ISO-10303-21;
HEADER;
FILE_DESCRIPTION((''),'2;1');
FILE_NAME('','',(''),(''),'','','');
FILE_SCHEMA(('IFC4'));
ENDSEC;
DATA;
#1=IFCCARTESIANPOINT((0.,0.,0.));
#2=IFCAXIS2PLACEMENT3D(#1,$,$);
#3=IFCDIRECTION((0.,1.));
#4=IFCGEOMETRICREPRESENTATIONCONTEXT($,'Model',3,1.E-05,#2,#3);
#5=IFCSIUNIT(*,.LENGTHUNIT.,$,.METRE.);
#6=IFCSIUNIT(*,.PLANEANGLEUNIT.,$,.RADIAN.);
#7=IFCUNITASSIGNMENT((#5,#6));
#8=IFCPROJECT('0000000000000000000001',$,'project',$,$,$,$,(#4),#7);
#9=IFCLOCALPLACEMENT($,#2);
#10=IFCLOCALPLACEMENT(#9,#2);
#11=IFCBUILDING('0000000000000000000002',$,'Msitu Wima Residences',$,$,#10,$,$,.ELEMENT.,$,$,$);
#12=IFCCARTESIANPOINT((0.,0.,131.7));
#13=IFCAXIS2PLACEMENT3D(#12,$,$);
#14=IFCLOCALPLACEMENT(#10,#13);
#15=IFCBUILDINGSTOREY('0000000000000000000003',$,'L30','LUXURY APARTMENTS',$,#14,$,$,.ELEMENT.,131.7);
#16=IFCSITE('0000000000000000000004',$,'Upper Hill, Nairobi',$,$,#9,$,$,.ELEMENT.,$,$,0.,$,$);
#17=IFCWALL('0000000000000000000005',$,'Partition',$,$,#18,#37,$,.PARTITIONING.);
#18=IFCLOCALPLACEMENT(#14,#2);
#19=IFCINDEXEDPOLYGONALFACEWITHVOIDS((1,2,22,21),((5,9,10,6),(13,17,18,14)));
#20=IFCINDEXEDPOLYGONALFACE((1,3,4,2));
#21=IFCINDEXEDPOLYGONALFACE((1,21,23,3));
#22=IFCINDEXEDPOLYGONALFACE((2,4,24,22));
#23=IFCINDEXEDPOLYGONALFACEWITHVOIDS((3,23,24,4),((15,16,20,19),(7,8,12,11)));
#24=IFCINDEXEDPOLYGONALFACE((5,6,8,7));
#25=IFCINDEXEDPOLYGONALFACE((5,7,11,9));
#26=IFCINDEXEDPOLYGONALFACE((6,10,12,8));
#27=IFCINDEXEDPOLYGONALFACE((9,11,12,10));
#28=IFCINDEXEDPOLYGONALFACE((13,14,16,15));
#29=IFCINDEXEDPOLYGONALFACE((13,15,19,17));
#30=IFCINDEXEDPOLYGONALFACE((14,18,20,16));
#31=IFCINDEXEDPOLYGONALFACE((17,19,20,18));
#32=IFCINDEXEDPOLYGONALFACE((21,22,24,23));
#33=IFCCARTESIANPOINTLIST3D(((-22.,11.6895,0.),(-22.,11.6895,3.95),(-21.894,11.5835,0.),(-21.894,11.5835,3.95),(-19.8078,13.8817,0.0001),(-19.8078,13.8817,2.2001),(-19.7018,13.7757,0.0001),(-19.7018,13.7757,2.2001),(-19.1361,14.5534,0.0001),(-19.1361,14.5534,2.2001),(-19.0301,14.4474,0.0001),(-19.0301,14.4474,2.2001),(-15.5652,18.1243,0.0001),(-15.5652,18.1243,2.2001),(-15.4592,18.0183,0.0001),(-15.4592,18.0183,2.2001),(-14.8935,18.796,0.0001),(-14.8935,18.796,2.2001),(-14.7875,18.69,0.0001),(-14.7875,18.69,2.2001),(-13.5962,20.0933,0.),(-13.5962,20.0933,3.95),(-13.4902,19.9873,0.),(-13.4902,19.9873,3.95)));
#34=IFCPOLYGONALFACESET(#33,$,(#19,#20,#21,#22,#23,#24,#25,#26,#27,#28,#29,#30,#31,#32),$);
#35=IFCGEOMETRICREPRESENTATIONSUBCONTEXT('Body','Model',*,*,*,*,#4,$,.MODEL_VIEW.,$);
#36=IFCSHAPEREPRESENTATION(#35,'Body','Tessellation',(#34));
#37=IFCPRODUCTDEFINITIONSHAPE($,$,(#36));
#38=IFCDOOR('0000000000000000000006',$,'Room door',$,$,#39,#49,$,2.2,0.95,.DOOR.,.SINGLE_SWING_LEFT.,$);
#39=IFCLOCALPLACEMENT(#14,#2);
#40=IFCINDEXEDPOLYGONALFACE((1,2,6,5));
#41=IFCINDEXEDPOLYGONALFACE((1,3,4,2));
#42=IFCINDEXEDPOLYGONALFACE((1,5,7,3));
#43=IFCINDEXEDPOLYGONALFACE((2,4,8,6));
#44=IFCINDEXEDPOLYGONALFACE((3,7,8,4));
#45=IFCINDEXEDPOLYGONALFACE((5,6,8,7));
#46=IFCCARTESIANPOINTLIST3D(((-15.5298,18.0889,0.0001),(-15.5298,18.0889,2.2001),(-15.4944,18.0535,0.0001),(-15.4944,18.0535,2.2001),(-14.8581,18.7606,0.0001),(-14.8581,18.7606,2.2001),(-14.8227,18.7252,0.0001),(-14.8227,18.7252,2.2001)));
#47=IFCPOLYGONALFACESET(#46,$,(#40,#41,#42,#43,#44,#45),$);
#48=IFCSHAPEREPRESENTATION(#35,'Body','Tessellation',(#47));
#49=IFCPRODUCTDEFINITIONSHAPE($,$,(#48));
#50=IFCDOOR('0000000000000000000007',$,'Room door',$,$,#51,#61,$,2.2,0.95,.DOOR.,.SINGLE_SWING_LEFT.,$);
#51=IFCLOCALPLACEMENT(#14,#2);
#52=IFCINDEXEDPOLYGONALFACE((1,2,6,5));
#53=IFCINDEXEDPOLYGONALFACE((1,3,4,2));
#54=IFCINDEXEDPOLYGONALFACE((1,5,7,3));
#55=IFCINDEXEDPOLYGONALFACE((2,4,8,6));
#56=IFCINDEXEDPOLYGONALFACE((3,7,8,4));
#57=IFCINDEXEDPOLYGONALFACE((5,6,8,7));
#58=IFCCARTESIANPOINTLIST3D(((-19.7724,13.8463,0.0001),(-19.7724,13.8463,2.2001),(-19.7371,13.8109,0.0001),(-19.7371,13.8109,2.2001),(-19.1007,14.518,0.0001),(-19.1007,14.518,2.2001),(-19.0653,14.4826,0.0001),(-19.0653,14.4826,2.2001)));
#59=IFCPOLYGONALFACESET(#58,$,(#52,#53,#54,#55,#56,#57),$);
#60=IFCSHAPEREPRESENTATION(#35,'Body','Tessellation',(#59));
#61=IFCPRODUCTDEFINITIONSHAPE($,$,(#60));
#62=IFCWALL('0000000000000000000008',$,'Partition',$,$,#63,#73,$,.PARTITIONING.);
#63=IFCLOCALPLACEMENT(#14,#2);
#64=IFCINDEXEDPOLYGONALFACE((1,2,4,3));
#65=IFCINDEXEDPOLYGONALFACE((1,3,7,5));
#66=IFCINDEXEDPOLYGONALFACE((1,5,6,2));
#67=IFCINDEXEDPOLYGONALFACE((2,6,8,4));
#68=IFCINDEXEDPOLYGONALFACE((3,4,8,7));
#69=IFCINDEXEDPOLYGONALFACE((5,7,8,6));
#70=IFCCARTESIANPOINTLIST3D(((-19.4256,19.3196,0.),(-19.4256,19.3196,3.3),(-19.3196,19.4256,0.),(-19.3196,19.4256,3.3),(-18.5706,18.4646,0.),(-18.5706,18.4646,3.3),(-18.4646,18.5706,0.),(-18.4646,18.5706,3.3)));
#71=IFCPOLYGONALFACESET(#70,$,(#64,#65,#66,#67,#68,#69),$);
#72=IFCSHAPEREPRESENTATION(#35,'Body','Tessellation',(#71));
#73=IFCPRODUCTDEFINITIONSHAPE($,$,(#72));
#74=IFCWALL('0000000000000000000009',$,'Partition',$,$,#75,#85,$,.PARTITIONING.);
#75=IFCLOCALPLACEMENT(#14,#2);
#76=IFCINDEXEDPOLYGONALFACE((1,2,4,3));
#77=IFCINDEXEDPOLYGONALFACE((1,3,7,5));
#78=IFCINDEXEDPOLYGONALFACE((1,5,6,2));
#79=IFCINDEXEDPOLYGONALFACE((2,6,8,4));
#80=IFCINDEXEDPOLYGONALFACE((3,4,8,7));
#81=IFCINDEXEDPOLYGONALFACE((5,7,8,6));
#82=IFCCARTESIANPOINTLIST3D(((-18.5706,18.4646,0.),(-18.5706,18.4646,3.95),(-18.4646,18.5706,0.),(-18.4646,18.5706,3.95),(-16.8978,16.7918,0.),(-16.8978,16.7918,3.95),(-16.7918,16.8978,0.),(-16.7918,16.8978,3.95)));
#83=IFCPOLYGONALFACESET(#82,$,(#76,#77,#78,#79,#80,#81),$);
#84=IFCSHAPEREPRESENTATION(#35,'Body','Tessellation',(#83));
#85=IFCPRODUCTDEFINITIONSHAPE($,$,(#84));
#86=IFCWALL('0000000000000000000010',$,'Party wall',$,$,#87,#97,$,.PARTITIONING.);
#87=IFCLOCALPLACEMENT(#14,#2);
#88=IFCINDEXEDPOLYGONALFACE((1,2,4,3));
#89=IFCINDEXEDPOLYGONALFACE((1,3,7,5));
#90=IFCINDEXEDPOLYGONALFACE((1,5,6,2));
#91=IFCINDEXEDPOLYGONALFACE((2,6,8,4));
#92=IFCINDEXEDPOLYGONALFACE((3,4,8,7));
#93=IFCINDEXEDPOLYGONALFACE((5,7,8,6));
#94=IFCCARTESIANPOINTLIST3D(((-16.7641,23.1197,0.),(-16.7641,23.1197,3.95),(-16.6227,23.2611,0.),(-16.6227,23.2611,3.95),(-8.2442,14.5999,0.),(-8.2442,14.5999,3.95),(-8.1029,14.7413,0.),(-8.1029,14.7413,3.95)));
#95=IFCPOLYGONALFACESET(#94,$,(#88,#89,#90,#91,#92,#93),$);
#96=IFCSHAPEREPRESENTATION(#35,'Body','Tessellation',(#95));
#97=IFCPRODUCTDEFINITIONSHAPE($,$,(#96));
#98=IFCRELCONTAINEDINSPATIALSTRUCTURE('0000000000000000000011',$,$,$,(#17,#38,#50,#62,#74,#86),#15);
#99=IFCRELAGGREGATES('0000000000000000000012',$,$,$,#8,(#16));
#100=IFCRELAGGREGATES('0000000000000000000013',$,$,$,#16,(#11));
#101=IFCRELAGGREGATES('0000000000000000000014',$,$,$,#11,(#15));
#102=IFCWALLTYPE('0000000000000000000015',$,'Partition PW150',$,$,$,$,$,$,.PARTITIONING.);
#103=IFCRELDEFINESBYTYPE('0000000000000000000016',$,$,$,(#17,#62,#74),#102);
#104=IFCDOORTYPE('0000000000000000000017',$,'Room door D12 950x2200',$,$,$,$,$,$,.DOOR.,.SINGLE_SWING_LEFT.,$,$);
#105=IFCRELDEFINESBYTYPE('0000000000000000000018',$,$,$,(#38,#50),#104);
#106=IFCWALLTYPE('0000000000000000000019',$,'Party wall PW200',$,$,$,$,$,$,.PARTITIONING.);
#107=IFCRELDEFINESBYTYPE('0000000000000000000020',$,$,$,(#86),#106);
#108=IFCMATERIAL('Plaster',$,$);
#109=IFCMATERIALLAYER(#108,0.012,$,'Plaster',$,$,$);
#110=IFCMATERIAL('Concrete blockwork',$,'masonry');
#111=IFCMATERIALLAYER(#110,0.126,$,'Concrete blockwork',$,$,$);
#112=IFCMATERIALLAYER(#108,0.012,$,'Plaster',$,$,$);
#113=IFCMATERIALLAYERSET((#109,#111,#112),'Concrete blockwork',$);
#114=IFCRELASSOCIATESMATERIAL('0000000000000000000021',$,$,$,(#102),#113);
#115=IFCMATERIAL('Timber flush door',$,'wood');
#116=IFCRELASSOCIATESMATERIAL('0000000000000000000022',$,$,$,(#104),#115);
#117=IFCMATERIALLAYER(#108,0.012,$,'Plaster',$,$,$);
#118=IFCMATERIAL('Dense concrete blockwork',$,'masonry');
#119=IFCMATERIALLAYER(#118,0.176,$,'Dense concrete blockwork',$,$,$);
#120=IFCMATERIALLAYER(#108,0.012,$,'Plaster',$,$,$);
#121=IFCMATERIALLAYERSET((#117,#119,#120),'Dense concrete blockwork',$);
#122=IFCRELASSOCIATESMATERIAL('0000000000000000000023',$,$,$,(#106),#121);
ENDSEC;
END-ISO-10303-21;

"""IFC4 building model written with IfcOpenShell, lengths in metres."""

from ifc_helpers import new_model, si_unit, direction, frame, frame_2d, origin, place, context, subcontext, project, spatial, rectangle, extrude, material, layer, layer_set, type_object, element, fill, save


model = new_model("IFC4")

# Units and contexts
model_context = context("Model", 3, precision=1e-05, world=origin(), true_north=direction((0.0, 1.0)))
body_context = subcontext(model_context, "Body", "Model", "MODEL_VIEW")
ifc_project = project(units=[si_unit("LENGTHUNIT", "METRE"), si_unit("PLANEANGLEUNIT", "RADIAN")], contexts=[model_context])

# Site, building, storey
site_placement = place(None, origin())
site = spatial("IfcSite", under=ifc_project, at=site_placement, Name="Upper Hill, Nairobi", CompositionType="ELEMENT", RefElevation=0.0)
building_placement = place(site_placement, origin())
building = spatial("IfcBuilding", under=site, at=building_placement, Name="Msitu Wima Residences", CompositionType="ELEMENT")
storey_placement = place(building_placement, frame((0.0, 0.0, 131.7)))
storey = spatial("IfcBuildingStorey", under=building, at=storey_placement, Name="L30", Description="LUXURY APARTMENTS", CompositionType="ELEMENT", Elevation=131.7)

# Shared definitions
ifc_material_1 = material(Name="Plaster")
ifc_material_2 = material(Name="Concrete blockwork", Category="masonry")

# Shared definitions
ifc_layer_1 = layer(ifc_material_1, 0.012, Name="Plaster")
ifc_layer_2 = layer(ifc_material_2, 0.126, Name="Concrete blockwork")
ifc_layer_3 = layer(ifc_material_1, 0.012, Name="Plaster")
ifc_layer_set_1 = layer_set([ifc_layer_1, ifc_layer_2, ifc_layer_3], Name="Concrete blockwork")
wall_type_1 = type_object("IfcWallType", Name="Partition PW150", PredefinedType="PARTITIONING", material=ifc_layer_set_1)

# Wall, openings, doors
wall_1_placement = place(storey_placement, frame((-21.947, 11.6365, 0.0), z_axis=(0.0, 0.0, 1.0), x_axis=(0.707107, 0.707107, 0.0)))
wall_1 = element("IfcWall", 1, at=wall_1_placement, inside=storey, type_object=wall_type_1, Name="Partition", PredefinedType="PARTITIONING", context=body_context, shape_type="SweptSolid", body=[
    extrude(rectangle(XDim=11.8848, YDim=0.1499, at=frame_2d((5.9424, 0.0))), origin(), (0.0, 0.0, 1.0), 3.95),
])
opening_1_placement = place(wall_1_placement, frame((9.1001, 0.0, 0.0)))
opening_1 = element("IfcOpeningElement", 2, at=opening_1_placement, cuts=wall_1, PredefinedType="OPENING", context=body_context, shape_type="SweptSolid", body=[
    extrude(rectangle(XDim=0.95, YDim=2.2, at=frame_2d((0.4751, 1.1001))), frame((0.0, 0.085, 0.0), z_axis=(0.0, -1.0, 0.0), x_axis=(1.0, 0.0, 0.0)), (0.0, 0.0, 1.0), 0.1699),
])
opening_2_placement = place(wall_1_placement, frame((3.1001, 0.0, 0.0)))
opening_2 = element("IfcOpeningElement", 3, at=opening_2_placement, cuts=wall_1, PredefinedType="OPENING", context=body_context, shape_type="SweptSolid", body=[
    extrude(rectangle(XDim=0.95, YDim=2.2, at=frame_2d((0.4751, 1.1001))), frame((0.0, 0.085, 0.0), z_axis=(0.0, -1.0, 0.0), x_axis=(1.0, 0.0, 0.0)), (0.0, 0.0, 1.0), 0.1699),
])
ifc_material_3 = material(Name="Timber flush door", Category="wood")
door_type_1 = type_object("IfcDoorType", Name="Room door D12 950x2200", OperationType="SINGLE_SWING_LEFT", PredefinedType="DOOR", material=ifc_material_3)
door_1_placement = place(opening_1_placement, origin())
door_1 = element("IfcDoor", 4, at=door_1_placement, inside=storey, type_object=door_type_1, Name="Room door", OperationType="SINGLE_SWING_LEFT", OverallHeight=2.2, OverallWidth=0.95, PredefinedType="DOOR", context=body_context, shape_type="SweptSolid", body=[
    extrude(rectangle(XDim=0.95, YDim=2.2, at=frame_2d((0.4751, 1.1001))), frame((0.0, 0.0249, 0.0), z_axis=(0.0, -1.0, 0.0), x_axis=(1.0, 0.0, 0.0)), (0.0, 0.0, 1.0), 0.05),
])
fill(opening_1, door_1)
door_2_placement = place(opening_2_placement, origin())
door_2 = element("IfcDoor", 5, at=door_2_placement, inside=storey, type_object=door_type_1, Name="Room door", OperationType="SINGLE_SWING_LEFT", OverallHeight=2.2, OverallWidth=0.95, PredefinedType="DOOR", context=body_context, shape_type="SweptSolid", body=[
    extrude(rectangle(XDim=0.95, YDim=2.2, at=frame_2d((0.4751, 1.1001))), frame((0.0, 0.0249, 0.0), z_axis=(0.0, -1.0, 0.0), x_axis=(1.0, 0.0, 0.0)), (0.0, 0.0, 1.0), 0.05),
])
fill(opening_2, door_2)

# Walls
wall_2_placement = place(storey_placement, frame((-19.3726, 19.3726, 0.0), z_axis=(0.0, 0.0, 1.0), x_axis=(0.707107, -0.707107, 0.0)))
element("IfcWall", 6, at=wall_2_placement, inside=storey, type_object=wall_type_1, Name="Partition", PredefinedType="PARTITIONING", context=body_context, shape_type="SweptSolid", body=[
    extrude(rectangle(XDim=1.2092, YDim=0.1499, at=frame_2d((0.6045, 0.0))), origin(), (0.0, 0.0, 1.0), 3.3),
])
wall_3_placement = place(storey_placement, frame((-18.5176, 18.5176, 0.0), z_axis=(0.0, 0.0, 1.0), x_axis=(0.707107, -0.707107, 0.0)))
element("IfcWall", 7, at=wall_3_placement, inside=storey, type_object=wall_type_1, Name="Partition", PredefinedType="PARTITIONING", context=body_context, shape_type="SweptSolid", body=[
    extrude(rectangle(XDim=2.3657, YDim=0.1499, at=frame_2d((1.1829, 0.0))), origin(), (0.0, 0.0, 1.0), 3.95),
])
ifc_layer_4 = layer(ifc_material_1, 0.012, Name="Plaster")
ifc_material_4 = material(Name="Dense concrete blockwork", Category="masonry")
ifc_layer_5 = layer(ifc_material_4, 0.176, Name="Dense concrete blockwork")
ifc_layer_6 = layer(ifc_material_1, 0.012, Name="Plaster")
ifc_layer_set_2 = layer_set([ifc_layer_4, ifc_layer_5, ifc_layer_6], Name="Dense concrete blockwork")
wall_type_2 = type_object("IfcWallType", Name="Party wall PW200", PredefinedType="PARTITIONING", material=ifc_layer_set_2)
wall_4_placement = place(storey_placement, frame((-16.6934, 23.1904, 0.0), z_axis=(0.0, 0.0, 1.0), x_axis=(0.707107, -0.707107, 0.0)))
element("IfcWall", 8, at=wall_4_placement, inside=storey, type_object=wall_type_2, Name="Party wall", PredefinedType="PARTITIONING", context=body_context, shape_type="SweptSolid", body=[
    extrude(rectangle(XDim=12.0488, YDim=0.2, at=frame_2d((6.0244, 0.0))), origin(), (0.0, 0.0, 1.0), 3.95),
])

save(model, "model.ifc")
